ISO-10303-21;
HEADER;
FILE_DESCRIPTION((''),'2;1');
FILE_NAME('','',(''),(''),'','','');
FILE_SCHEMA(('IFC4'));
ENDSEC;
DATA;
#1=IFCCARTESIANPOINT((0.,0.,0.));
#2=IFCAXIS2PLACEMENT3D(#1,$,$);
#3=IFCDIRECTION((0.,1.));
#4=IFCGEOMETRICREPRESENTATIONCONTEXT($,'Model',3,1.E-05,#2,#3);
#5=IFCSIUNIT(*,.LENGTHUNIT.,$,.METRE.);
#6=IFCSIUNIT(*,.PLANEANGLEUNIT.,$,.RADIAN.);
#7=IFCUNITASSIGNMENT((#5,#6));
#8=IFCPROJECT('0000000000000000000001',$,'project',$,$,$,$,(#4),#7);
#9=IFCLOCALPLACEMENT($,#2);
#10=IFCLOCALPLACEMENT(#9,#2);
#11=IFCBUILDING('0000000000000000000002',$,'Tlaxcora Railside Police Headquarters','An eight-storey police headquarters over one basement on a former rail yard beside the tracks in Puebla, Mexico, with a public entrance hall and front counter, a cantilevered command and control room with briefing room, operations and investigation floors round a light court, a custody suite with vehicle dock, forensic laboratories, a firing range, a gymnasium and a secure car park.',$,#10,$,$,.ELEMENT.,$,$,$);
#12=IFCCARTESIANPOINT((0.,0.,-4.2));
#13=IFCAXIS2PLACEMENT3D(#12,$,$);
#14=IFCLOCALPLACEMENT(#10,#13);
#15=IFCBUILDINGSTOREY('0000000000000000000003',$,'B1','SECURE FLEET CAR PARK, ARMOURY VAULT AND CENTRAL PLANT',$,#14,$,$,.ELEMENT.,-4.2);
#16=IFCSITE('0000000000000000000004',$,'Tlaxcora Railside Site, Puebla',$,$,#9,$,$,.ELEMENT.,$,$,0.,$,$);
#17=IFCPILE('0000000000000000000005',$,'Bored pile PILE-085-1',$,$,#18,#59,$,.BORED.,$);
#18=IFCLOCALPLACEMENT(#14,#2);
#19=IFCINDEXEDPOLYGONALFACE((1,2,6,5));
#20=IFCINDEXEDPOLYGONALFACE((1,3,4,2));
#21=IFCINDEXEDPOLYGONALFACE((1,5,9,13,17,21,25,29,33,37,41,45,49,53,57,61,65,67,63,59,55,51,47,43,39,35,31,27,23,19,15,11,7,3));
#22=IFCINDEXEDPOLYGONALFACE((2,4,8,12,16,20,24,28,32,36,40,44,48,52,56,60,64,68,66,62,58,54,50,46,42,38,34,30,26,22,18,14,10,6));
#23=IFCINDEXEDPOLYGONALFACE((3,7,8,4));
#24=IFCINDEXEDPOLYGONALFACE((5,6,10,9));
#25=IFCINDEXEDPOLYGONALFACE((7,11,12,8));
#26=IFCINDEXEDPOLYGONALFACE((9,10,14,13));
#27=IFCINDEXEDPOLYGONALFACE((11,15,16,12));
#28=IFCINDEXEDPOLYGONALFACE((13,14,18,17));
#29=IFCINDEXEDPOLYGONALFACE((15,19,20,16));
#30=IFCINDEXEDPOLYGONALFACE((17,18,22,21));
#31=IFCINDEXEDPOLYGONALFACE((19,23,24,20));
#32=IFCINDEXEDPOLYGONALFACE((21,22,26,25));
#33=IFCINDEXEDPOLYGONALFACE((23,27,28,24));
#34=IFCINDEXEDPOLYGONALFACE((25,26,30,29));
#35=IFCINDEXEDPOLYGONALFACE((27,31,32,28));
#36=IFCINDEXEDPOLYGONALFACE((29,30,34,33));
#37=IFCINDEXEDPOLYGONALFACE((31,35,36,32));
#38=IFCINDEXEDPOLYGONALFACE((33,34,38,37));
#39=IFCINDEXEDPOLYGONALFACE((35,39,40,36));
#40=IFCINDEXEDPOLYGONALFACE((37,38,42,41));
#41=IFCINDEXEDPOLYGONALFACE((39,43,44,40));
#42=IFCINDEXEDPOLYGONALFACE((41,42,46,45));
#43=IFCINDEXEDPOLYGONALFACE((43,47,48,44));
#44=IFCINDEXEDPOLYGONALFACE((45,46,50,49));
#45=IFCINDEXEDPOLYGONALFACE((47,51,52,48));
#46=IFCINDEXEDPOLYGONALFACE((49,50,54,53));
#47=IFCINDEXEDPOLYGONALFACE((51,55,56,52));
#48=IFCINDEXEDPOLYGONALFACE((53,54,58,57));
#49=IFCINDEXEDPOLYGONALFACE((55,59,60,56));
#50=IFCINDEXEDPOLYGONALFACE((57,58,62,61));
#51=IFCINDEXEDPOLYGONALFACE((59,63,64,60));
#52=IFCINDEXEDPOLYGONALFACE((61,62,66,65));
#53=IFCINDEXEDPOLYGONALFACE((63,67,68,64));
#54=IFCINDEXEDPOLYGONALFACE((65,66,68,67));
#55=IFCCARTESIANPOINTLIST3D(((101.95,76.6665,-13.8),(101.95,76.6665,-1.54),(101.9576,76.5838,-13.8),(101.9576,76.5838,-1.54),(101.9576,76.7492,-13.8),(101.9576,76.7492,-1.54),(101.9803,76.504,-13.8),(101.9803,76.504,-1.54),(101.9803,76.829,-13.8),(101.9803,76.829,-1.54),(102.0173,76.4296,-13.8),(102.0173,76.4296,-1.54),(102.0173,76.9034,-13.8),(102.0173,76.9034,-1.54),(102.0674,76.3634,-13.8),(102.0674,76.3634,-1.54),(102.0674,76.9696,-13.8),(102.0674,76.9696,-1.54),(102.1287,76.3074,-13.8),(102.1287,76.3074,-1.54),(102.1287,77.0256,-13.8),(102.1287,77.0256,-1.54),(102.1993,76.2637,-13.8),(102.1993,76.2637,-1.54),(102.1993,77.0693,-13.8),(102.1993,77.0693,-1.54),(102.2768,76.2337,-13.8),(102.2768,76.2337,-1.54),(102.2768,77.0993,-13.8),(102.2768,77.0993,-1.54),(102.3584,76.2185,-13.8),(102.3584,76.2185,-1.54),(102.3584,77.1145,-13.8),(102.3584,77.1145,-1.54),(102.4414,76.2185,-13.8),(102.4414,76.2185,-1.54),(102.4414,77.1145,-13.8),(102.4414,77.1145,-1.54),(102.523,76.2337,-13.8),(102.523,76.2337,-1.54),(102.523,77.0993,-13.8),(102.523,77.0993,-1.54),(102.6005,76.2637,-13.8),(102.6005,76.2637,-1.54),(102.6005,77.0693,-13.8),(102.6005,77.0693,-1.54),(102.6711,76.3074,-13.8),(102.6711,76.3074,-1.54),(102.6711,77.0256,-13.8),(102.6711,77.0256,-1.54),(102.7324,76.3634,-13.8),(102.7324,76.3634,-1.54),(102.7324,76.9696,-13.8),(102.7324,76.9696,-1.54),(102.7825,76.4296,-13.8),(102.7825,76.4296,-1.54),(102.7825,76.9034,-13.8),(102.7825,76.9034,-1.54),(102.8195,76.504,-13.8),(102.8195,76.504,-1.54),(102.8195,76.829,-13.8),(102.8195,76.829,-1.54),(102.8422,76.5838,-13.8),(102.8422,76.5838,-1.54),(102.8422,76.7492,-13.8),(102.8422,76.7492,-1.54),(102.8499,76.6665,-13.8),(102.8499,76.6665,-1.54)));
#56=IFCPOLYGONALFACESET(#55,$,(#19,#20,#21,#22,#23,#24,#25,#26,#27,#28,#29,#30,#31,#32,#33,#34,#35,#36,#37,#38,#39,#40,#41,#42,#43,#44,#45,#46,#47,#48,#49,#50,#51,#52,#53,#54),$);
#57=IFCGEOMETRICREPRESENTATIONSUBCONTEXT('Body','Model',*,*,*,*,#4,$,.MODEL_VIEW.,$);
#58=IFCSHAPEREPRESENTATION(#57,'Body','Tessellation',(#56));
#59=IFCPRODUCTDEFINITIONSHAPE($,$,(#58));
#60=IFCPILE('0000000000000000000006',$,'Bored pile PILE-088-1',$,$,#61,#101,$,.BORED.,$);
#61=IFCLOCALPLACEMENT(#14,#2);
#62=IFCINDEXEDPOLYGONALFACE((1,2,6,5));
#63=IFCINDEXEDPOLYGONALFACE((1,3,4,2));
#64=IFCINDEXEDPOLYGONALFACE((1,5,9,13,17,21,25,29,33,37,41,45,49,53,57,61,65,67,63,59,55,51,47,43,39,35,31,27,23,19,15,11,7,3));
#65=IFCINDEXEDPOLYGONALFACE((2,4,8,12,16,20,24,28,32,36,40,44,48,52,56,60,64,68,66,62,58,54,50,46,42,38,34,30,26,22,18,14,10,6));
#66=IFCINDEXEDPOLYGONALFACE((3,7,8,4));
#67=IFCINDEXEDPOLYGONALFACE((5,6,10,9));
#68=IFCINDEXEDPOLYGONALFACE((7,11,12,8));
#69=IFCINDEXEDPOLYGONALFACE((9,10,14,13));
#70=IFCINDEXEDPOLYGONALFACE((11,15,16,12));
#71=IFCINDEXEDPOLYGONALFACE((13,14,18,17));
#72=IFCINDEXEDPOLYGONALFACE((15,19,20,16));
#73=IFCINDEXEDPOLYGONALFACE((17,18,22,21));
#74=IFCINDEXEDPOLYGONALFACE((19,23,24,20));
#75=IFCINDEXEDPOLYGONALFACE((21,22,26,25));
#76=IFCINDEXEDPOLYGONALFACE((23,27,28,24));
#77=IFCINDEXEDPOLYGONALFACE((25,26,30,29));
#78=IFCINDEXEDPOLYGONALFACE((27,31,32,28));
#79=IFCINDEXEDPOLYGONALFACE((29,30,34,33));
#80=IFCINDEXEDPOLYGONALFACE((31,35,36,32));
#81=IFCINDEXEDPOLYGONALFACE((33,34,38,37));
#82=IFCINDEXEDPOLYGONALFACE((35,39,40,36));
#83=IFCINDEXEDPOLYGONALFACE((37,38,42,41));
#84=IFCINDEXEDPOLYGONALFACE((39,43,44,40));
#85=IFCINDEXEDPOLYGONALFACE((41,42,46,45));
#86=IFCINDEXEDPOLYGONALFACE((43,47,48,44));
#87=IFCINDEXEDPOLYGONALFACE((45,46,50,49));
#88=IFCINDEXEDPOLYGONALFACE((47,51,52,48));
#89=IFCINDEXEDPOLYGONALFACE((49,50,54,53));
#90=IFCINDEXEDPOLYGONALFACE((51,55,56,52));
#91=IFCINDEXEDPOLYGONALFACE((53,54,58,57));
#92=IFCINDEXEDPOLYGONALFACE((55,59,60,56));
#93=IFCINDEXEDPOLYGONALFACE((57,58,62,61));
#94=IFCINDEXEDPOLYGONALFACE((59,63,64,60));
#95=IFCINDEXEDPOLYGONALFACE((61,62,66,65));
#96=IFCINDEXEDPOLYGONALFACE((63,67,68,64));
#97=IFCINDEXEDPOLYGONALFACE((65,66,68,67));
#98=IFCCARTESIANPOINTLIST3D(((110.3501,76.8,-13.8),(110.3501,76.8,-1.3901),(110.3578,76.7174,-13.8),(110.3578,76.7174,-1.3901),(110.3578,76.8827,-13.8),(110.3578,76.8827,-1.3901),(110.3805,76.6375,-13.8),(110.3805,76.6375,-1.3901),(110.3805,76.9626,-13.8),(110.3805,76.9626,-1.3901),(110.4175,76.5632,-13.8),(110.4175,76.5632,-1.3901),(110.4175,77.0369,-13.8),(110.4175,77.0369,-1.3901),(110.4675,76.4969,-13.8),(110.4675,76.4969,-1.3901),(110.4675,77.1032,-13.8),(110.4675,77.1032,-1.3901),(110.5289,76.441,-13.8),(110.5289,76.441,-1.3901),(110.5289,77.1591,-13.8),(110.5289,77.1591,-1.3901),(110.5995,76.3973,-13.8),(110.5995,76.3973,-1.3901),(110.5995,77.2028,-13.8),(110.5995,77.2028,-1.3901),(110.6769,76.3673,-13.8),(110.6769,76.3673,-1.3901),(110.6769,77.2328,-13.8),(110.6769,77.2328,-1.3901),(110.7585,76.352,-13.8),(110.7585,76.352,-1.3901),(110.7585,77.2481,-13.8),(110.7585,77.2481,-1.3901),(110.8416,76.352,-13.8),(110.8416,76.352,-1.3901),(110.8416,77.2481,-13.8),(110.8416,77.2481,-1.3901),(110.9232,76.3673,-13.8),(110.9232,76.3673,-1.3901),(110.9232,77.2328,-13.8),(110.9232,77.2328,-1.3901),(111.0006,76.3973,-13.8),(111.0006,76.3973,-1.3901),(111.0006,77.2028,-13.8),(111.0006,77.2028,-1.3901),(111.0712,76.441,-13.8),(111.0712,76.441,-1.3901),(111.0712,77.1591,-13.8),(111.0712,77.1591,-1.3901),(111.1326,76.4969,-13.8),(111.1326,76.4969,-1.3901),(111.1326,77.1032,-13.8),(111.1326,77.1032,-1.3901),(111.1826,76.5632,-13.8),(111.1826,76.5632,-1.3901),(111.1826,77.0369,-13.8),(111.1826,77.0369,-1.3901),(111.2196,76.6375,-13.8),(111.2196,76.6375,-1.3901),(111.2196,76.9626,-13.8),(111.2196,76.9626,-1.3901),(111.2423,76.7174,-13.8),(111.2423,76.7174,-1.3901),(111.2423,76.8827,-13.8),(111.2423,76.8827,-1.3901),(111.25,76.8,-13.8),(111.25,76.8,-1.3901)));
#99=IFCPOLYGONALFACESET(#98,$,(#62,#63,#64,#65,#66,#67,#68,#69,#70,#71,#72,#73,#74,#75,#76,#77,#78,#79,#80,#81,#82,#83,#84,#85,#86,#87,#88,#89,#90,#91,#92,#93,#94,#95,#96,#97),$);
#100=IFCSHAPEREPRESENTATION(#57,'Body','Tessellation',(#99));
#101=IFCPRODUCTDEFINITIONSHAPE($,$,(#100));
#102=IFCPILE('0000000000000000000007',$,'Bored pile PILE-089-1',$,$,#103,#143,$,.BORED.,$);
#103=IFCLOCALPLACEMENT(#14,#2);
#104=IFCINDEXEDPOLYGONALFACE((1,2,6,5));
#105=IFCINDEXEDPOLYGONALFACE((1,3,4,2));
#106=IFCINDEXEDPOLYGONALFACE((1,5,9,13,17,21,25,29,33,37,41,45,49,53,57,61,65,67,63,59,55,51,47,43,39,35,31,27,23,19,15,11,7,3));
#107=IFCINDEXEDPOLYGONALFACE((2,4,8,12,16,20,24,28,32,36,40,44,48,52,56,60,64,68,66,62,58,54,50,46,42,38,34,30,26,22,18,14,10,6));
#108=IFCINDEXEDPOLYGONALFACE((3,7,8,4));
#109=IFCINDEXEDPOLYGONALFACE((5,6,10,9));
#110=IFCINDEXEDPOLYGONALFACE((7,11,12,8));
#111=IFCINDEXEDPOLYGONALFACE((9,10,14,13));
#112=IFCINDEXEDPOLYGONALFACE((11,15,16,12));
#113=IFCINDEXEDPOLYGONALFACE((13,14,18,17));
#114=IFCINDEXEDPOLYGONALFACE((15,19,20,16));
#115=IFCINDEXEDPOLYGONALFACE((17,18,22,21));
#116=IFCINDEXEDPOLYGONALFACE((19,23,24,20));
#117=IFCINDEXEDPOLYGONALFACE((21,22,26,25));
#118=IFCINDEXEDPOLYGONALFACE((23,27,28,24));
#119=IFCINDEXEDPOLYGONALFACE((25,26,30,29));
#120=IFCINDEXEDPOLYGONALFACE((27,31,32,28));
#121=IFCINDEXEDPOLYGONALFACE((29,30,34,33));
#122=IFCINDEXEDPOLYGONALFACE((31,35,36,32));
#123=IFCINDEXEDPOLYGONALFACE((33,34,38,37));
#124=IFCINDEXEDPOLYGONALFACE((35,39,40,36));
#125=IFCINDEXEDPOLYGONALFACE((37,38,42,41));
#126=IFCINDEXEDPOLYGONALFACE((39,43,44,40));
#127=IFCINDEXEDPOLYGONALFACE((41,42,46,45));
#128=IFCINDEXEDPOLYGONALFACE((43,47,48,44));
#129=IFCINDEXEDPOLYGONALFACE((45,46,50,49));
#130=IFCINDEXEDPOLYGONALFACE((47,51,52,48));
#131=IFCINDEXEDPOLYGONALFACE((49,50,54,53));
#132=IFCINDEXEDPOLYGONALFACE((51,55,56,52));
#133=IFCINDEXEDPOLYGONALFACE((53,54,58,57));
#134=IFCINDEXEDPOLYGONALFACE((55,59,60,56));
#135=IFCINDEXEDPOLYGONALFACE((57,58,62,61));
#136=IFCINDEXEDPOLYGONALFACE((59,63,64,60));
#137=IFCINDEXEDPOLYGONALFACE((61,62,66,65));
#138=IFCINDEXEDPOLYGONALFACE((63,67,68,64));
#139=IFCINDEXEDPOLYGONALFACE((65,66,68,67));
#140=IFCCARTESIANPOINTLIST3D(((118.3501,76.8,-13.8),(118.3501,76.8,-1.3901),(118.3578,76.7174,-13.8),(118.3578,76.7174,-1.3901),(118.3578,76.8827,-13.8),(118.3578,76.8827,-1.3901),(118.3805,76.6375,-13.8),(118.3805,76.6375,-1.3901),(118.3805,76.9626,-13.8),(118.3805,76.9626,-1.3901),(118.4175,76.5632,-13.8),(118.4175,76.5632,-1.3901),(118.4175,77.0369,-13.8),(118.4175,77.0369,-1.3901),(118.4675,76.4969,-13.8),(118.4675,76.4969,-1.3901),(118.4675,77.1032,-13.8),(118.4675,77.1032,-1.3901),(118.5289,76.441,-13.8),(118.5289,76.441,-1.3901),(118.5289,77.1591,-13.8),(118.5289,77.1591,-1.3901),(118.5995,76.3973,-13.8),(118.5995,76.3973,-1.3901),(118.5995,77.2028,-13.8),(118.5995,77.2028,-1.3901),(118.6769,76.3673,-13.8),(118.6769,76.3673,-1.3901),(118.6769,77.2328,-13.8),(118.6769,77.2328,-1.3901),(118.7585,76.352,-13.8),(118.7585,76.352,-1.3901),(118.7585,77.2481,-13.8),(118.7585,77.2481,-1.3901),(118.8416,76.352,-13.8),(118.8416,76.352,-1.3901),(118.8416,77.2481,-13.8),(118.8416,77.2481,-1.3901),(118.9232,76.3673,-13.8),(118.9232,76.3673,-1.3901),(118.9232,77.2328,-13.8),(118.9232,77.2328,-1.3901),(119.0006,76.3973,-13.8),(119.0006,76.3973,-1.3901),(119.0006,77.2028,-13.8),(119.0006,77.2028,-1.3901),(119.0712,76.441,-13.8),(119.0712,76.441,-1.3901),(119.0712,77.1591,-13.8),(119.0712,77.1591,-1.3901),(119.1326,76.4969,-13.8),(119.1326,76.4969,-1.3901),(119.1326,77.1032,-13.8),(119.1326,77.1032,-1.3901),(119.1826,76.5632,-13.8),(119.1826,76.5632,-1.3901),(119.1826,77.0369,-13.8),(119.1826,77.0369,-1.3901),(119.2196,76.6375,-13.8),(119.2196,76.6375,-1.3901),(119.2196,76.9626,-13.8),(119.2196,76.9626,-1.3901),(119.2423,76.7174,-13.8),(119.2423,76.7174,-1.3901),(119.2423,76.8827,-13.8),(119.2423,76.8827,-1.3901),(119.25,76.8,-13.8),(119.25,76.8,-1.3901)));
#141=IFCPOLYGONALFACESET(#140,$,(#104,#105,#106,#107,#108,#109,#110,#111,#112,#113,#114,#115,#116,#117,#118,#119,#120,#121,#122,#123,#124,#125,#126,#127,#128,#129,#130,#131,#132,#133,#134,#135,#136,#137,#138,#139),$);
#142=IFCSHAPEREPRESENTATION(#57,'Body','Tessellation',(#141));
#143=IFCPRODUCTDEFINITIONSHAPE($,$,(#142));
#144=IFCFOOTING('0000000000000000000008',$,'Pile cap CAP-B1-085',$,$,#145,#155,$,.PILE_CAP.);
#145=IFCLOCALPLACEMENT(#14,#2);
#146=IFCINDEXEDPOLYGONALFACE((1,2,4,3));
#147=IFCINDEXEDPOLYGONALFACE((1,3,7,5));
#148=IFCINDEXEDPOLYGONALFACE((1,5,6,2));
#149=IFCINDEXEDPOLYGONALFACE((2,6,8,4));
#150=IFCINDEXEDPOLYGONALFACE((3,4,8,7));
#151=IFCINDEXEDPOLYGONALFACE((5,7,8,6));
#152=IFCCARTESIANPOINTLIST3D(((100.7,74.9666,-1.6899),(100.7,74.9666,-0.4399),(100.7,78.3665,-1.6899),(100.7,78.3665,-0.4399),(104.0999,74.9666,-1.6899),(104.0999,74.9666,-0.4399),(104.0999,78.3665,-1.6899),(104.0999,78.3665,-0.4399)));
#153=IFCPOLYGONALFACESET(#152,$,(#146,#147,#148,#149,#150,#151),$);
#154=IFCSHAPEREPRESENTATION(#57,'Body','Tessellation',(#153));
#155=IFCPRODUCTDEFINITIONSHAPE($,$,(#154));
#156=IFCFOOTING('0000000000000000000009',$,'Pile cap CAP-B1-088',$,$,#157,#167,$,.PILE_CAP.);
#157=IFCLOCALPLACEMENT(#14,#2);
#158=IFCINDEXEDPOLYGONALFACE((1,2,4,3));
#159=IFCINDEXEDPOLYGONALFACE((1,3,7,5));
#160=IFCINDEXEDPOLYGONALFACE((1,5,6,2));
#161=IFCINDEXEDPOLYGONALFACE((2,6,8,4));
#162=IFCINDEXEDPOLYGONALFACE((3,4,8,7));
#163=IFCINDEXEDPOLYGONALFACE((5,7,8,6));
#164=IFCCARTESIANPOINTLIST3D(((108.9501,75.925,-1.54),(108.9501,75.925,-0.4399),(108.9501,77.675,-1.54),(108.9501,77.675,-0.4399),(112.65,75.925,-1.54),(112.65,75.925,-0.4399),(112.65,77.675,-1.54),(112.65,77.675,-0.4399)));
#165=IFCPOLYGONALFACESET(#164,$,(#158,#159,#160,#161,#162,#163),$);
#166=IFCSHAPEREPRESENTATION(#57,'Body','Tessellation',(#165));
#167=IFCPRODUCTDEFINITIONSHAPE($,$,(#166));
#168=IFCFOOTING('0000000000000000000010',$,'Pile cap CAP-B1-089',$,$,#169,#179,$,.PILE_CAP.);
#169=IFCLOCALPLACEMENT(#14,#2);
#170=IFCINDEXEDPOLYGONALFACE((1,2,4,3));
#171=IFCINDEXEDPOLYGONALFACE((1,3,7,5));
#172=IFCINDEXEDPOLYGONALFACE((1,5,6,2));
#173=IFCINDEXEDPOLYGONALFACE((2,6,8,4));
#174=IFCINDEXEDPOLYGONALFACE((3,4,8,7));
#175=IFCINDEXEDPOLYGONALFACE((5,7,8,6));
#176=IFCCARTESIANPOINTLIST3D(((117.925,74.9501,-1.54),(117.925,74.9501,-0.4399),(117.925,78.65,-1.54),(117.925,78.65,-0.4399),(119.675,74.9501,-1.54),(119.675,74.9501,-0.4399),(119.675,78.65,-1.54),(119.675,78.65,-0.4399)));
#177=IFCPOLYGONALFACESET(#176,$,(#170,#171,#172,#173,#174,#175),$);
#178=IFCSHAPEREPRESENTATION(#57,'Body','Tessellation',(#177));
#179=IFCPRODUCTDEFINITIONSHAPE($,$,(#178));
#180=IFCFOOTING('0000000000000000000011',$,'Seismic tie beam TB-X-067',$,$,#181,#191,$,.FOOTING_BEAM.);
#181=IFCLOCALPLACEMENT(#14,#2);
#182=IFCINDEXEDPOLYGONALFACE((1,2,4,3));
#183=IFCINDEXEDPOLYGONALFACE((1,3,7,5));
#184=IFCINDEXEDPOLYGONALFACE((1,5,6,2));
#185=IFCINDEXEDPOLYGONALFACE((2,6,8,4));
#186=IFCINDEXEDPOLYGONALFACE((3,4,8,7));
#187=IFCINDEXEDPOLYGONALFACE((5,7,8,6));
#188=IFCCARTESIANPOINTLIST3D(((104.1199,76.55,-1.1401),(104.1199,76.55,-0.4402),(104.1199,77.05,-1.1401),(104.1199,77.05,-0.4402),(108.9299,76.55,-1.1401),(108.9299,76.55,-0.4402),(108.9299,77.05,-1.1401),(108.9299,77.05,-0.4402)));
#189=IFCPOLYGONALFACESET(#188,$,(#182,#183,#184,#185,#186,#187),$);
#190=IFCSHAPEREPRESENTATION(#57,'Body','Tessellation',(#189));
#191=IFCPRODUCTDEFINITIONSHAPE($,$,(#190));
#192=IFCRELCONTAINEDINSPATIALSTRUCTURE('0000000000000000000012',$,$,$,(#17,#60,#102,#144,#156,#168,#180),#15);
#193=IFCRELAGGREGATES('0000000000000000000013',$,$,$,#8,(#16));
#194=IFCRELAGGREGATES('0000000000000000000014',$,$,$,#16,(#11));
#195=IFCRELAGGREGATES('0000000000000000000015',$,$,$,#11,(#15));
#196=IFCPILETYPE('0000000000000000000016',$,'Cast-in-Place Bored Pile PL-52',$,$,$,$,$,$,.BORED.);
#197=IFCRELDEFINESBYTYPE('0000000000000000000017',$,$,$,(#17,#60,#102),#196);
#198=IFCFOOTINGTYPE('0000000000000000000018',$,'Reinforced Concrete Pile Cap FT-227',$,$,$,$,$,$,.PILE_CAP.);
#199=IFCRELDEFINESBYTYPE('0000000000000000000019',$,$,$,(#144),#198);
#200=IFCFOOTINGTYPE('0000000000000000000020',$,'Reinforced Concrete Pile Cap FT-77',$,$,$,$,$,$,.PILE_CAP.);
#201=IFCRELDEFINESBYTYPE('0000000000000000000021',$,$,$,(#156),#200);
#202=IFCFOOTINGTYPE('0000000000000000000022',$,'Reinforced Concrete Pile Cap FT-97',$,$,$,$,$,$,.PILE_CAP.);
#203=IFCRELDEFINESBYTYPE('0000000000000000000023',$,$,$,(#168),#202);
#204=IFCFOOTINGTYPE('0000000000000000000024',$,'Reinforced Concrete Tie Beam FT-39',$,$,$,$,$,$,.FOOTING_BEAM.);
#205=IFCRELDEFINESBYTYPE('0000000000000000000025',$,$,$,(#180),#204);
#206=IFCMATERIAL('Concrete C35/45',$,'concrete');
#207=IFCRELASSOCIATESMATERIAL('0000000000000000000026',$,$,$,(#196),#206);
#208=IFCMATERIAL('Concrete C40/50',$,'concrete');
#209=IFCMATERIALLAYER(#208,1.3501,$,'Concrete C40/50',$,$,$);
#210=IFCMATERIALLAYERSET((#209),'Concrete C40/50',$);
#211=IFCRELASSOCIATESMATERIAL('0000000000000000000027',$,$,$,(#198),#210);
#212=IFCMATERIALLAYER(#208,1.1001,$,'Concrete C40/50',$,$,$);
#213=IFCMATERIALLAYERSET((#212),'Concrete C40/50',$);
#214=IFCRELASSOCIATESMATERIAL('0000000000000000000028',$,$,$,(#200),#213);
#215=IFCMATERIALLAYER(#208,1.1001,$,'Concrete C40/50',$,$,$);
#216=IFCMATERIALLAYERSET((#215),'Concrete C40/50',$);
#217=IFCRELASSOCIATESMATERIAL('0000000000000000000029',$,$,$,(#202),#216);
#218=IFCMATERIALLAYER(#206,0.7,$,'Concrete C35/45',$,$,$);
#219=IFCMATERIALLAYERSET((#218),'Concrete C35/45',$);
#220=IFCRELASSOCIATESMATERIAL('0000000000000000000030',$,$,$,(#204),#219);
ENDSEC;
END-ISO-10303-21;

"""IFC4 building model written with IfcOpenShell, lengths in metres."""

from ifc_helpers import new_model, si_unit, direction, frame, origin, origin_2d, place, context, subcontext, project, spatial, rectangle, circle, extrude, material, layer, layer_set, material_profile, profile_set, type_object, element, save


model = new_model("IFC4")

# Units and contexts
model_context = context("Model", 3, precision=1e-05, world=origin(), true_north=direction((0.0, 1.0)))
body_context = subcontext(model_context, "Body", "Model", "MODEL_VIEW")
ifc_project = project(units=[si_unit("LENGTHUNIT", "METRE"), si_unit("PLANEANGLEUNIT", "RADIAN")], contexts=[model_context])

# Site, building, storey
site_placement = place(None, origin())
site = spatial("IfcSite", under=ifc_project, at=site_placement, Name="Tlaxcora Railside Site, Puebla", CompositionType="ELEMENT", RefElevation=0.0)
building_placement = place(site_placement, origin())
building = spatial("IfcBuilding", under=site, at=building_placement, Name="Tlaxcora Railside Police Headquarters", Description="An eight-storey police headquarters over one basement on a former rail yard beside the tracks in Puebla, Mexico, with a public entrance hall and front counter, a cantilevered command and control room with briefing room, operations and investigation floors round a light court, a custody suite with vehicle dock, forensic laboratories, a firing range, a gymnasium and a secure car park.", CompositionType="ELEMENT")
storey_placement = place(building_placement, frame((0.0, 0.0, -4.2)))
storey = spatial("IfcBuildingStorey", under=building, at=storey_placement, Name="B1", Description="SECURE FLEET CAR PARK, ARMOURY VAULT AND CENTRAL PLANT", CompositionType="ELEMENT", Elevation=-4.2)

# Piles
ifc_material_1 = material(Name="Concrete C35/45", Category="concrete")
ifc_material_profile_1 = material_profile(ifc_material_1, circle(Radius=0.45, at=origin_2d()), Name="PILE900")
ifc_profile_set_1 = profile_set([ifc_material_profile_1], Name="Concrete C35/45")
pile_type = type_object("IfcPileType", Name="Cast-in-Place Bored Pile PL-52", PredefinedType="BORED", material=ifc_profile_set_1)
pile_placement = place(storey_placement, frame((102.3999, 76.6665, -1.54), z_axis=(0.0, 0.0, -1.0), x_axis=(1.0, 0.0, 0.0)))
element("IfcPile", 1, at=pile_placement, inside=storey, type_object=pile_type, Name="Bored pile PILE-085-1", PredefinedType="BORED", context=body_context, shape_type="SweptSolid", body=[
    extrude(circle(Radius=0.45, at=origin_2d()), origin(), (0.0, 0.0, 1.0), 12.26),
])
for number, where, z_axis, x_axis, name in (
    (2, (110.8, 76.8, -1.3901), (0.0, 0.0, -1.0), (1.0, 0.0, 0.0), "Bored pile PILE-088-1"),
    (3, (118.8, 76.8, -1.3901), (0.0, 0.0, -1.0), (1.0, 0.0, 0.0), "Bored pile PILE-089-1"),
):
    element("IfcPile", number, at=place(storey_placement, frame(where, z_axis=z_axis, x_axis=x_axis)), inside=storey, type_object=pile_type, Name=name, PredefinedType="BORED", context=body_context, shape_type="SweptSolid", body=[
        extrude(circle(Radius=0.45, at=origin_2d()), origin(), (0.0, 0.0, 1.0), 12.4099),
    ])

# Footings
ifc_material_2 = material(Name="Concrete C40/50", Category="concrete")
ifc_layer_1 = layer(ifc_material_2, 1.3501, Name="Concrete C40/50")
ifc_layer_set_1 = layer_set([ifc_layer_1], Name="Concrete C40/50")
footing_type_1 = type_object("IfcFootingType", Name="Reinforced Concrete Pile Cap FT-227", PredefinedType="PILE_CAP", material=ifc_layer_set_1)
footing_1_placement = place(storey_placement, frame((102.3999, 76.6665, -1.6899), z_axis=(0.0, 0.0, 1.0), x_axis=(1.0, 0.0, 0.0)))
element("IfcFooting", 4, at=footing_1_placement, inside=storey, type_object=footing_type_1, Name="Pile cap CAP-B1-085", PredefinedType="PILE_CAP", context=body_context, shape_type="SweptSolid", body=[
    extrude(rectangle(XDim=3.3999, YDim=3.3999, at=origin_2d()), origin(), (0.0, 0.0, 1.0), 1.25),
])
ifc_layer_2 = layer(ifc_material_2, 1.1001, Name="Concrete C40/50")
ifc_layer_set_2 = layer_set([ifc_layer_2], Name="Concrete C40/50")
footing_type_2 = type_object("IfcFootingType", Name="Reinforced Concrete Pile Cap FT-77", PredefinedType="PILE_CAP", material=ifc_layer_set_2)
footing_2_placement = place(storey_placement, frame((110.8, 76.8, -1.54), z_axis=(0.0, 0.0, 1.0), x_axis=(1.0, 0.0, 0.0)))
element("IfcFooting", 5, at=footing_2_placement, inside=storey, type_object=footing_type_2, Name="Pile cap CAP-B1-088", PredefinedType="PILE_CAP", context=body_context, shape_type="SweptSolid", body=[
    extrude(rectangle(XDim=3.7, YDim=1.75, at=origin_2d()), origin(), (0.0, 0.0, 1.0), 1.1001),
])
ifc_layer_3 = layer(ifc_material_2, 1.1001, Name="Concrete C40/50")
ifc_layer_set_3 = layer_set([ifc_layer_3], Name="Concrete C40/50")
footing_type_3 = type_object("IfcFootingType", Name="Reinforced Concrete Pile Cap FT-97", PredefinedType="PILE_CAP", material=ifc_layer_set_3)
footing_3_placement = place(storey_placement, frame((118.8, 76.8, -1.54), z_axis=(0.0, 0.0, 1.0), x_axis=(1.0, 0.0, 0.0)))
element("IfcFooting", 6, at=footing_3_placement, inside=storey, type_object=footing_type_3, Name="Pile cap CAP-B1-089", PredefinedType="PILE_CAP", context=body_context, shape_type="SweptSolid", body=[
    extrude(rectangle(XDim=1.75, YDim=3.7, at=origin_2d()), origin(), (0.0, 0.0, 1.0), 1.1001),
])
ifc_layer_4 = layer(ifc_material_1, 0.7, Name="Concrete C35/45")
ifc_layer_set_4 = layer_set([ifc_layer_4], Name="Concrete C35/45")
footing_type_4 = type_object("IfcFootingType", Name="Reinforced Concrete Tie Beam FT-39", PredefinedType="FOOTING_BEAM", material=ifc_layer_set_4)
footing_4_placement = place(storey_placement, frame((106.5249, 76.8, -1.1401), z_axis=(0.0, 0.0, 1.0), x_axis=(1.0, 0.0, 0.0)))
element("IfcFooting", 7, at=footing_4_placement, inside=storey, type_object=footing_type_4, Name="Seismic tie beam TB-X-067", PredefinedType="FOOTING_BEAM", context=body_context, shape_type="SweptSolid", body=[
    extrude(rectangle(XDim=4.8101, YDim=0.5, at=origin_2d()), origin(), (0.0, 0.0, 1.0), 0.7),
])

save(model, "model.ifc")
